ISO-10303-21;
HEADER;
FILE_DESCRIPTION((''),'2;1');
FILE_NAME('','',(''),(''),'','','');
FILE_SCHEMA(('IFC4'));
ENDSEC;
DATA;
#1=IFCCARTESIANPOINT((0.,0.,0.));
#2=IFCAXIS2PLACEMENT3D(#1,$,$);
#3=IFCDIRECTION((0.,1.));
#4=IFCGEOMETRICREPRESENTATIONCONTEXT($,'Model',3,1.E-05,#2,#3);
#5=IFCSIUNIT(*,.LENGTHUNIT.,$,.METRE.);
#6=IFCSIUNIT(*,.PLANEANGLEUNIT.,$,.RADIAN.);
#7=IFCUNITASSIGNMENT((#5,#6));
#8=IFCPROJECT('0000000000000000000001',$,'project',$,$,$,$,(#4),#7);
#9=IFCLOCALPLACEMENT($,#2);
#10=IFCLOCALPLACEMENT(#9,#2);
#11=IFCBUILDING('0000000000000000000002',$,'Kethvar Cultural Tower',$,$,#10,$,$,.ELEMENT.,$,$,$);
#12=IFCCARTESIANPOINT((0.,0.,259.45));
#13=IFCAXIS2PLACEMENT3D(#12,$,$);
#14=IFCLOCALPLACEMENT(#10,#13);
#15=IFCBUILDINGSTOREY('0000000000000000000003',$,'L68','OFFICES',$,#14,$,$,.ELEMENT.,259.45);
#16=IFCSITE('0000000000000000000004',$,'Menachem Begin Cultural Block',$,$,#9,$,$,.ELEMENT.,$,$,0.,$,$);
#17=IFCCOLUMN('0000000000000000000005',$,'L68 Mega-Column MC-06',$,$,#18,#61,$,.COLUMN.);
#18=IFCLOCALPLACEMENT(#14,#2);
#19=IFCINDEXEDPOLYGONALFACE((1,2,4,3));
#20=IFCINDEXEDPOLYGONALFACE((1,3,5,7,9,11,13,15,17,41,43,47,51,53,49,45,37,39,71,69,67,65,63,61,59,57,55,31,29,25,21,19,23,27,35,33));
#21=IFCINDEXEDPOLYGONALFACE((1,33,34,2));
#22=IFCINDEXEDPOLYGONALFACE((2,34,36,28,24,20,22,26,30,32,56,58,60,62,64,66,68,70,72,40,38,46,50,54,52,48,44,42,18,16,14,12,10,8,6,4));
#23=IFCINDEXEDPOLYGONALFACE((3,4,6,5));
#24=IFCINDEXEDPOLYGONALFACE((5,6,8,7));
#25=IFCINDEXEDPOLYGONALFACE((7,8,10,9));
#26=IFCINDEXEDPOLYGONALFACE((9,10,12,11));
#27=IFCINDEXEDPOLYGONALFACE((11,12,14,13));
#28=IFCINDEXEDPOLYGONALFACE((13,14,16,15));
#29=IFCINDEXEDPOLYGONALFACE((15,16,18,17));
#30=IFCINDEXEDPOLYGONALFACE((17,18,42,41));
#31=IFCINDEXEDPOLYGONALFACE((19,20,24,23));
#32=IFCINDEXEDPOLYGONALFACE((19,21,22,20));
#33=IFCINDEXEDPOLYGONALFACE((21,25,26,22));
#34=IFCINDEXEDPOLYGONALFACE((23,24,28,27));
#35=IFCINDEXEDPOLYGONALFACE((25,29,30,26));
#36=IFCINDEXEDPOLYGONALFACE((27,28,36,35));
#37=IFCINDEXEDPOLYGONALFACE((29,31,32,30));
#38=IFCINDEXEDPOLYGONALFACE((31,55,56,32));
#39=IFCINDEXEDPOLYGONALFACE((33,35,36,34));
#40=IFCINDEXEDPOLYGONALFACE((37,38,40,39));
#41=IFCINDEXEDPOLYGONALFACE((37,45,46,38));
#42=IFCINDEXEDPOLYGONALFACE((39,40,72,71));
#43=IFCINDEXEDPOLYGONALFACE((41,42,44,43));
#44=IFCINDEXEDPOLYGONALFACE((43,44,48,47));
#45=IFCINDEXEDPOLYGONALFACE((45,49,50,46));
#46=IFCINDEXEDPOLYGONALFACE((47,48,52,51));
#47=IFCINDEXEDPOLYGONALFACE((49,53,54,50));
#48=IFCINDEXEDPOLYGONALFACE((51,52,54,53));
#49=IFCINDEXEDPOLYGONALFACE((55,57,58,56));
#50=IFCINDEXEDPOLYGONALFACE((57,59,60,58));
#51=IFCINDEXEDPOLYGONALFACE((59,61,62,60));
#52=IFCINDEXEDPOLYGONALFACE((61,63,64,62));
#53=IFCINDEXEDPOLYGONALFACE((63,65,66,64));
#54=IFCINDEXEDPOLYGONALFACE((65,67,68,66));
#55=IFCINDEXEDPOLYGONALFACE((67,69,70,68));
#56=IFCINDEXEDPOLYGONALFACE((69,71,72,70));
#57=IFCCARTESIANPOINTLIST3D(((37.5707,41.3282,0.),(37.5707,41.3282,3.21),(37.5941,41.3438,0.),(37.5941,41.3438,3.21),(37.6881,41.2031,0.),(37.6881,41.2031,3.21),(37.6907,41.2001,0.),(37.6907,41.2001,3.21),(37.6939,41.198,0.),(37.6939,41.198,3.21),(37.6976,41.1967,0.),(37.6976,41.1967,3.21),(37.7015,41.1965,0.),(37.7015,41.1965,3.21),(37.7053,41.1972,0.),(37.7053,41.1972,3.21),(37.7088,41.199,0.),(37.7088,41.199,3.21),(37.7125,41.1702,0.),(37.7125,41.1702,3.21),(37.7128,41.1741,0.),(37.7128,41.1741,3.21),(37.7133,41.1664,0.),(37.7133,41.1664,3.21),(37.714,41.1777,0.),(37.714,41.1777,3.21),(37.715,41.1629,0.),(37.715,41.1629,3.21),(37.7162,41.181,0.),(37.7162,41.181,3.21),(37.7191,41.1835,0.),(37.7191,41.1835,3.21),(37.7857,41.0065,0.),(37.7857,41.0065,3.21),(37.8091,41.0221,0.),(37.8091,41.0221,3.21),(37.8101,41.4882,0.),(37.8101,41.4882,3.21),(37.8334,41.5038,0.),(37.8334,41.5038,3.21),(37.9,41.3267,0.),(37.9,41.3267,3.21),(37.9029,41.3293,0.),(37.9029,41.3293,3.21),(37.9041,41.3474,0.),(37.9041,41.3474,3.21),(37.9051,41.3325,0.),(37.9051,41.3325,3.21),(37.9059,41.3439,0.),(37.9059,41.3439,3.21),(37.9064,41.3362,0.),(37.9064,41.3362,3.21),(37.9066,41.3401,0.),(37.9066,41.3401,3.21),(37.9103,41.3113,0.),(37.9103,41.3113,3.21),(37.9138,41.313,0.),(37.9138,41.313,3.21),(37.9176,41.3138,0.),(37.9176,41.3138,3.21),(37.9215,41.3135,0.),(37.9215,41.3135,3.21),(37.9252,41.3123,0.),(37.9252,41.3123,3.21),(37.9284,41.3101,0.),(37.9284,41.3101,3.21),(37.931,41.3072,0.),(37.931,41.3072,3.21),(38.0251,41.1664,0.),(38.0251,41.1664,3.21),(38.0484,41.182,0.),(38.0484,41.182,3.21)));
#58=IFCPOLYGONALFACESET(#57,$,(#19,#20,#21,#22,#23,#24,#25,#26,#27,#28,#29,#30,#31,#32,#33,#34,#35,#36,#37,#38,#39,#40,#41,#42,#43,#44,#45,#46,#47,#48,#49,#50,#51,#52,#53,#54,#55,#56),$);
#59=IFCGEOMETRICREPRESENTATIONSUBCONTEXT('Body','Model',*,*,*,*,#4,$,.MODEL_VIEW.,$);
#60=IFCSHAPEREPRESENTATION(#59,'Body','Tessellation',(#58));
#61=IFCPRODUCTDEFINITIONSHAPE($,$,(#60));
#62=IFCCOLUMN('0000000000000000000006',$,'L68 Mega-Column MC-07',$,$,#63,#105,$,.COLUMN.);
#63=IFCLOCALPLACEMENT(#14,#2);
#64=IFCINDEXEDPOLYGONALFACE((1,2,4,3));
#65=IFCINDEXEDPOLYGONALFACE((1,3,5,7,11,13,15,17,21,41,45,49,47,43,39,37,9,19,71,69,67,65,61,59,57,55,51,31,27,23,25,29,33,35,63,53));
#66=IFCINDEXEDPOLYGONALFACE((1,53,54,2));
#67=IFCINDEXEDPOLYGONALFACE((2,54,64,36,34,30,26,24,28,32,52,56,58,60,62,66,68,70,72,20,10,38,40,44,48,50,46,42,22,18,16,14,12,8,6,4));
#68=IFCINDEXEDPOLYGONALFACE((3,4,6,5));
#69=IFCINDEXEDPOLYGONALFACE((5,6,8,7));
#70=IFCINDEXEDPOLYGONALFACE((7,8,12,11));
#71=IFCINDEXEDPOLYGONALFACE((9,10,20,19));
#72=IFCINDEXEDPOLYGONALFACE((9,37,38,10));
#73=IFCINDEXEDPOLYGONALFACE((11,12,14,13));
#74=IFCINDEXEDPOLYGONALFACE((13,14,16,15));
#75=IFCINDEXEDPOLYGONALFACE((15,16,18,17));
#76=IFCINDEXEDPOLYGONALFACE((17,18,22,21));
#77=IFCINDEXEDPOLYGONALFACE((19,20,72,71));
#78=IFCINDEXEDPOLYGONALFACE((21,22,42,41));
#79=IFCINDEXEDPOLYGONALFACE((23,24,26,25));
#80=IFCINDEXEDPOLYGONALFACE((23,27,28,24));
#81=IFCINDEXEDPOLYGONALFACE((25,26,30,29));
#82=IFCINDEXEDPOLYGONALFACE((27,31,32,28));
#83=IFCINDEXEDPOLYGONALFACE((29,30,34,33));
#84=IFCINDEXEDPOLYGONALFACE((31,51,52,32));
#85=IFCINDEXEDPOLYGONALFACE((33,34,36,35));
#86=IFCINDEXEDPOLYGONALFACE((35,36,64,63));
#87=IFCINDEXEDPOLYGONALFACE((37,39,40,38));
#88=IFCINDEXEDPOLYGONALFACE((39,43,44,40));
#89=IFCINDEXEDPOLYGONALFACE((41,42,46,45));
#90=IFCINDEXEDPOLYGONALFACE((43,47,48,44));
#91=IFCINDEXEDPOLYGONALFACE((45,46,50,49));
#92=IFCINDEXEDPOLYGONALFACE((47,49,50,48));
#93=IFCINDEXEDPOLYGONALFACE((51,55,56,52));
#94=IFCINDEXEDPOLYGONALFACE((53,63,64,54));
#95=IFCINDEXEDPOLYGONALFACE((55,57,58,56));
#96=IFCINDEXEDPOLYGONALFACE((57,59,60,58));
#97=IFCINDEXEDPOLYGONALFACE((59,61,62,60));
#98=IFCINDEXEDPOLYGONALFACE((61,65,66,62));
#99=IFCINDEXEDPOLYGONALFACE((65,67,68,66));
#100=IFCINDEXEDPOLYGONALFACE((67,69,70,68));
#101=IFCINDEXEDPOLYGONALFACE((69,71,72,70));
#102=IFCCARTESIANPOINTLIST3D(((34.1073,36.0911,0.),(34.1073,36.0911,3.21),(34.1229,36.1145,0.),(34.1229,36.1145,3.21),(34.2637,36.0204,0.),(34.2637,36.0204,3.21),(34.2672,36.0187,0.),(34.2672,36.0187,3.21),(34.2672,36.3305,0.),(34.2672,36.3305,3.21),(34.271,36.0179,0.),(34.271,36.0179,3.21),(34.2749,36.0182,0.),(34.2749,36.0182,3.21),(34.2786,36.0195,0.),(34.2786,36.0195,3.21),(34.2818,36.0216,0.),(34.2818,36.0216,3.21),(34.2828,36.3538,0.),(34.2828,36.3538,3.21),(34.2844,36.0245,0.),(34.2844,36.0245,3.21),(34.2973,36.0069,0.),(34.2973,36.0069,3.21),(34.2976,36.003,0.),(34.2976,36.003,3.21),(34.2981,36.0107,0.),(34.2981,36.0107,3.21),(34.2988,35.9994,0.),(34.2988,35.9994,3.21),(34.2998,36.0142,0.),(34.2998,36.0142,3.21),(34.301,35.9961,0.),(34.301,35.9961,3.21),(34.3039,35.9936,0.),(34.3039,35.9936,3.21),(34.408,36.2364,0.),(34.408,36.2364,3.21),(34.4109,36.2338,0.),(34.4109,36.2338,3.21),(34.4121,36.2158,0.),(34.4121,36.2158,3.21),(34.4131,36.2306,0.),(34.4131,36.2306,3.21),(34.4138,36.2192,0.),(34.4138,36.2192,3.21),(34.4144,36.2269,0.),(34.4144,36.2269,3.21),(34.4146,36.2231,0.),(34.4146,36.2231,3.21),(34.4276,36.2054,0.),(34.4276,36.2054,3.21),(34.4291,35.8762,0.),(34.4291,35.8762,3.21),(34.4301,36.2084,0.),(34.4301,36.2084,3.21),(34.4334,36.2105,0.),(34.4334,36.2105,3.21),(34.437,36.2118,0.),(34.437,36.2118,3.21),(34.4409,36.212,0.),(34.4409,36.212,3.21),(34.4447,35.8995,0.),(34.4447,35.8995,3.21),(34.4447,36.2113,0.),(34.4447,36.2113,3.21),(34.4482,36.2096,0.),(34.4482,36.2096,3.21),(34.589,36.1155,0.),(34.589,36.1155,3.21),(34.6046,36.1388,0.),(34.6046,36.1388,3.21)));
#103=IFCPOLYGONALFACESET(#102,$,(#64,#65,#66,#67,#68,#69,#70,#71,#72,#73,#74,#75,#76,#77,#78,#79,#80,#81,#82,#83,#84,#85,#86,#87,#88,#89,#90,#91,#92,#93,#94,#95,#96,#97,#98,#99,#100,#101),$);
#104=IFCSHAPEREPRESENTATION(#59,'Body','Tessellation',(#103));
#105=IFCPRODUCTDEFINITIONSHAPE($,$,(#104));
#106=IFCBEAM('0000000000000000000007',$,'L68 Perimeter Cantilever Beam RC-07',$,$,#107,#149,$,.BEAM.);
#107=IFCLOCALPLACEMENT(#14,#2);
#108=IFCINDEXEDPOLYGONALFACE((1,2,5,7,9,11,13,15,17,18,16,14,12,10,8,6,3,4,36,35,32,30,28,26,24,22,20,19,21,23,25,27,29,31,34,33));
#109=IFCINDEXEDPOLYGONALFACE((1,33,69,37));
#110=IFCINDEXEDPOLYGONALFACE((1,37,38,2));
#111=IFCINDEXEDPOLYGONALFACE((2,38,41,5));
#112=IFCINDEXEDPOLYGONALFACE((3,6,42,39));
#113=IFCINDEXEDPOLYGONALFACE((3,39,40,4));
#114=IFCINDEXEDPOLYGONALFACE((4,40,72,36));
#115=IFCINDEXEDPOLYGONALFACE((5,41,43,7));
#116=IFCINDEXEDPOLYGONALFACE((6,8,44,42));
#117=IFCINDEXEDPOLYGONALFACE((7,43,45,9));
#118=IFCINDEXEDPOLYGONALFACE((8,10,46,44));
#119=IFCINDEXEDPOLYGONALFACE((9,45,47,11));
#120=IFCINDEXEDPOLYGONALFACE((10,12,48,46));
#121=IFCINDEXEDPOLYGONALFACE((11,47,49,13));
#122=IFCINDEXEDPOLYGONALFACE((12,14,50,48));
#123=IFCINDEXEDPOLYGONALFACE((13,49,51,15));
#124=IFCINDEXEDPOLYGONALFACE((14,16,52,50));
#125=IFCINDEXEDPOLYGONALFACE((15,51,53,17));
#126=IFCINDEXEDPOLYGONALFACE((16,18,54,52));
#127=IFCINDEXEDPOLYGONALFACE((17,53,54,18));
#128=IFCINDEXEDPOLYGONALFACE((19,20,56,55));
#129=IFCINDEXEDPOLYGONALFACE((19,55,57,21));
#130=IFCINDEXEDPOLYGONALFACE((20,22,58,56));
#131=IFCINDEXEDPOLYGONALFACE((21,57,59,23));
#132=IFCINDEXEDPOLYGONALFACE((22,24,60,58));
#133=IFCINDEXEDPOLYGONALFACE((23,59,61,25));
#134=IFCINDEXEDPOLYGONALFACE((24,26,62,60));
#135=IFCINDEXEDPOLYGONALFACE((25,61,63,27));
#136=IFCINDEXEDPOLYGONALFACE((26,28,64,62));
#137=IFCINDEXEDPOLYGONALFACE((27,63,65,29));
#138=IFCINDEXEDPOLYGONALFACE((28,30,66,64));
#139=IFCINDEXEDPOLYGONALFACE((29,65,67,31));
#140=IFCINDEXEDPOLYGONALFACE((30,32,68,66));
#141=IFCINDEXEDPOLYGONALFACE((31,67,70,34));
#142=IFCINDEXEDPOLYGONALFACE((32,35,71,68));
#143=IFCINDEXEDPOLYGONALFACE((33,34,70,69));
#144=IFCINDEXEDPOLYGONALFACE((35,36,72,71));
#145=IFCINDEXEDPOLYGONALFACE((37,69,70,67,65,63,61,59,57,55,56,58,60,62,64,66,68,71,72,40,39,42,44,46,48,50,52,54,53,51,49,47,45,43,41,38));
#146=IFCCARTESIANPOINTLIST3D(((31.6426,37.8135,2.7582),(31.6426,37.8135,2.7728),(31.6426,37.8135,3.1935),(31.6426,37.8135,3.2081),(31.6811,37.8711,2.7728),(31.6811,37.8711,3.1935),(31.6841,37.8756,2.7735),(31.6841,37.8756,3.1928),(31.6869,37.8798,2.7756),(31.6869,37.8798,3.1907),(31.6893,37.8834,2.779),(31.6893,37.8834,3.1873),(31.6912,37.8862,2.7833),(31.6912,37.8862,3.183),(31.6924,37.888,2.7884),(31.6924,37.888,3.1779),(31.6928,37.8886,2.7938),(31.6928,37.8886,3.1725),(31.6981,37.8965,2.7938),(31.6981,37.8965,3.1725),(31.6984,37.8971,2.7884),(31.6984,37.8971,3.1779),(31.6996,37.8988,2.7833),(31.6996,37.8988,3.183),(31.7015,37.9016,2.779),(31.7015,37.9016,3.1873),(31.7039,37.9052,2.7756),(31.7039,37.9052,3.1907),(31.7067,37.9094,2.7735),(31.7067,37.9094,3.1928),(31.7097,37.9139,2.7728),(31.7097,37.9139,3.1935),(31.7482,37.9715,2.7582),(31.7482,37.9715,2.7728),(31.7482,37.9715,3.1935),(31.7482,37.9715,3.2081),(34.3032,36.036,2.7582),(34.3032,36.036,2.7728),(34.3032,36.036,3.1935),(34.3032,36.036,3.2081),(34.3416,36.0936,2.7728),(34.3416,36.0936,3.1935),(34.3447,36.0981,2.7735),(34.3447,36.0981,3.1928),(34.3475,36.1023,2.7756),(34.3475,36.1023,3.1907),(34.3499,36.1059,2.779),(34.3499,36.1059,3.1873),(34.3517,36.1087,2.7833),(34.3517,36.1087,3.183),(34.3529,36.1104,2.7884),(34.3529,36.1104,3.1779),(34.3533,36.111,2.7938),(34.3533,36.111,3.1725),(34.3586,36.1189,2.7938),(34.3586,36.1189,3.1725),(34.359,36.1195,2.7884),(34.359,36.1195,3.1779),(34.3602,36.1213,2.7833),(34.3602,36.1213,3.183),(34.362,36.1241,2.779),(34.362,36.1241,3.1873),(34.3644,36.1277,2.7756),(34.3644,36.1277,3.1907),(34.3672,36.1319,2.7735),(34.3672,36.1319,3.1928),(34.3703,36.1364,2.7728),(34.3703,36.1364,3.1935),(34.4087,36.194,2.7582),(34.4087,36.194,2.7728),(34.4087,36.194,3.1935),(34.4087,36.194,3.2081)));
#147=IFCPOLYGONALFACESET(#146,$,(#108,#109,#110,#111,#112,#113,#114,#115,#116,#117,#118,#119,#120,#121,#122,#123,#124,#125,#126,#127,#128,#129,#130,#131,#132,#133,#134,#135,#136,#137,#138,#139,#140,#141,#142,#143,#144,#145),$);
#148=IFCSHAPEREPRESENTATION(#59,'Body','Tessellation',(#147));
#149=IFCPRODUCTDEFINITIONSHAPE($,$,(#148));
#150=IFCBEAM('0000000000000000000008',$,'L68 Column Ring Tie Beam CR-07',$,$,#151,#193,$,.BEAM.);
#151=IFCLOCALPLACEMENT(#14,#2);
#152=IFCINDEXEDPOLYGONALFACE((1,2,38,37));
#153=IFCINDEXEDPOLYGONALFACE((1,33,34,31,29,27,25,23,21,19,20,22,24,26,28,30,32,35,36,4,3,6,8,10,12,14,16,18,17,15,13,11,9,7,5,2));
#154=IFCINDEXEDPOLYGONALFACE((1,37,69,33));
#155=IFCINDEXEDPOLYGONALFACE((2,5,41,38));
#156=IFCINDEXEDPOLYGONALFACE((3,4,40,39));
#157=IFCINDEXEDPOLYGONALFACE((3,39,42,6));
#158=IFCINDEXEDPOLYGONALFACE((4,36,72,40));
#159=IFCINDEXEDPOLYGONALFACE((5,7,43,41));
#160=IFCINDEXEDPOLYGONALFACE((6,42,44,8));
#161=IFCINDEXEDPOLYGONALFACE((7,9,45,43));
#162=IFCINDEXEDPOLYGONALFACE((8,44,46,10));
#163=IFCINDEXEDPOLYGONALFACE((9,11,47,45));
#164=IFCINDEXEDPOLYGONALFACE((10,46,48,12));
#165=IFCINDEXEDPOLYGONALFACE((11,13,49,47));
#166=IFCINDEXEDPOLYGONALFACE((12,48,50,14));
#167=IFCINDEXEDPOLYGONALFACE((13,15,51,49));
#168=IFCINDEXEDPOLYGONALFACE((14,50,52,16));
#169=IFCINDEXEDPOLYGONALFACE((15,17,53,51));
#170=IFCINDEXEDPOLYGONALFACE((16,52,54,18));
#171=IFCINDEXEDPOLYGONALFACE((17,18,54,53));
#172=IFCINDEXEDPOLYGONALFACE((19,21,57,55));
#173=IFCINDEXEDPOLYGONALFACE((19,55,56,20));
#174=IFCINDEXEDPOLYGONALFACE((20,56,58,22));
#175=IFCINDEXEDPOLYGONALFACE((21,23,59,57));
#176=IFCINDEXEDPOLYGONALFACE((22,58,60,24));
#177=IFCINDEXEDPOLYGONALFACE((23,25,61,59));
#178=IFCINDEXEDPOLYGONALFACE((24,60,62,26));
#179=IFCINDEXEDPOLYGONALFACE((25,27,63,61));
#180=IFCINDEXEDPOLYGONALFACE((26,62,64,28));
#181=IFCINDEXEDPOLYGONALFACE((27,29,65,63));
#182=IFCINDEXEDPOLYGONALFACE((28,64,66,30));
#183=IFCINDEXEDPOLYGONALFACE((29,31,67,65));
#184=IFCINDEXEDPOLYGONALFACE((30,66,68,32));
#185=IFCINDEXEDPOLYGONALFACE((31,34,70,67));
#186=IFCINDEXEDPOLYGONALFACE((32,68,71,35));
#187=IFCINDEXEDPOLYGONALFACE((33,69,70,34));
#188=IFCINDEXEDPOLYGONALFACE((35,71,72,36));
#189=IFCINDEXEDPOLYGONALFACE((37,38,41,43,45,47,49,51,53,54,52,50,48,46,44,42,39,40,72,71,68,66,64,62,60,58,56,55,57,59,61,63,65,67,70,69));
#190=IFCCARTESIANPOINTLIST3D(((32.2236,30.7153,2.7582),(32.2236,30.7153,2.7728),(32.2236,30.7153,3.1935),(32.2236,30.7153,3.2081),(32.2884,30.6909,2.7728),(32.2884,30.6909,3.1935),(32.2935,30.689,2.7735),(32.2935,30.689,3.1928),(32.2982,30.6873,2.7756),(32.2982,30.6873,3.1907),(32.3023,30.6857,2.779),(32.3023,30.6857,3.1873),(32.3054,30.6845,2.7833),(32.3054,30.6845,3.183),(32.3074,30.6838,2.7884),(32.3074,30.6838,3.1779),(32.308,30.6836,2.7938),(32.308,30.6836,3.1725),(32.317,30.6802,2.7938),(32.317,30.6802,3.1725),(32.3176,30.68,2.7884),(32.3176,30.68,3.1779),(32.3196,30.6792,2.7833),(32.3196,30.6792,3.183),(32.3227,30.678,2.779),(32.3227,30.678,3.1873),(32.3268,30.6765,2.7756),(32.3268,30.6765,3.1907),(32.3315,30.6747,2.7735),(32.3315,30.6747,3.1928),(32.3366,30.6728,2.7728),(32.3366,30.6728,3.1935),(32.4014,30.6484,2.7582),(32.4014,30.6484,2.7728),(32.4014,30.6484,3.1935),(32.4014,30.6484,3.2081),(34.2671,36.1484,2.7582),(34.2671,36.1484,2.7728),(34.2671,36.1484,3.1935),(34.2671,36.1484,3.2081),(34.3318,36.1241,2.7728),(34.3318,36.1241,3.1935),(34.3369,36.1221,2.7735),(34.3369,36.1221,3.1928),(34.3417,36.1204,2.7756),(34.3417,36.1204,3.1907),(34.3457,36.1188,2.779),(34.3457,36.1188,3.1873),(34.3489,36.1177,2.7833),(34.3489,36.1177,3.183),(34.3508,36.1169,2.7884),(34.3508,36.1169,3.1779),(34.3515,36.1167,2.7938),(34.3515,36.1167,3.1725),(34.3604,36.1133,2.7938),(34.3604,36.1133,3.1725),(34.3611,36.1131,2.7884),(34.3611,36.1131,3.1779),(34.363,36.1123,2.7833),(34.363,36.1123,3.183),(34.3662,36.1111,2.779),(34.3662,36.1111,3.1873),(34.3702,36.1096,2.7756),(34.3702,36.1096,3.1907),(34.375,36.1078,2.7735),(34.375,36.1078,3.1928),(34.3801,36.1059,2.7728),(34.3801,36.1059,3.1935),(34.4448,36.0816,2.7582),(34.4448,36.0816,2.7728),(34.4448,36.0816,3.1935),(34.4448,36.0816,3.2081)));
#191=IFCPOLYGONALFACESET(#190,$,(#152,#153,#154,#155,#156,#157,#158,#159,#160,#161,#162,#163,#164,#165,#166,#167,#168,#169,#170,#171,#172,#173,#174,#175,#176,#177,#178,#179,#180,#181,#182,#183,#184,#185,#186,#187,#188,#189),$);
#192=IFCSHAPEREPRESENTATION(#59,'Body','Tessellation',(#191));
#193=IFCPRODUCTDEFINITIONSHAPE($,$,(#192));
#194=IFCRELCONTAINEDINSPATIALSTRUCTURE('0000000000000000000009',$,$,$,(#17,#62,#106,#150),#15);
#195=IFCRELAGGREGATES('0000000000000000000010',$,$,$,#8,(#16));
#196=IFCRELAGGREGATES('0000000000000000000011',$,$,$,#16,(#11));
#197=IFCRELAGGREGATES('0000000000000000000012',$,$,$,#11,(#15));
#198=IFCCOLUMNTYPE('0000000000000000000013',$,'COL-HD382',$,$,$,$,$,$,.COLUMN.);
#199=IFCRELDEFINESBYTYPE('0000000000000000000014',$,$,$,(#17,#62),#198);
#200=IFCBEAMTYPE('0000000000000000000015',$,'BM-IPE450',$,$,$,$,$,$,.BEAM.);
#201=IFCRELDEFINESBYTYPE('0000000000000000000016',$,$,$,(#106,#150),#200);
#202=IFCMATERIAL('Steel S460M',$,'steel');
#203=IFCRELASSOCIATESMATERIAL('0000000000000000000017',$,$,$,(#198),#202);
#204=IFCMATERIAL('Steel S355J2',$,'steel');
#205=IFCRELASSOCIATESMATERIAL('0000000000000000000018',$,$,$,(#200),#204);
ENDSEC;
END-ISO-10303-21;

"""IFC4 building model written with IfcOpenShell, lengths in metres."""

from ifc_helpers import new_model, si_unit, direction, frame, origin, origin_2d, place, context, subcontext, project, spatial, i_section, extrude, source, transform, mapped, material, material_profile, profile_set, type_object, element, save


model = new_model("IFC4")

# Units and contexts
model_context = context("Model", 3, precision=1e-05, world=origin(), true_north=direction((0.0, 1.0)))
body_context = subcontext(model_context, "Body", "Model", "MODEL_VIEW")
ifc_project = project(units=[si_unit("LENGTHUNIT", "METRE"), si_unit("PLANEANGLEUNIT", "RADIAN")], contexts=[model_context])

# Site, building, storey
site_placement = place(None, origin())
site = spatial("IfcSite", under=ifc_project, at=site_placement, Name="Menachem Begin Cultural Block", CompositionType="ELEMENT", RefElevation=0.0)
building_placement = place(site_placement, origin())
building = spatial("IfcBuilding", under=site, at=building_placement, Name="Kethvar Cultural Tower", CompositionType="ELEMENT")
storey_placement = place(building_placement, frame((0.0, 0.0, 259.45)))
storey = spatial("IfcBuildingStorey", under=building, at=storey_placement, Name="L68", Description="OFFICES", CompositionType="ELEMENT", Elevation=259.45)

# Columns
ifc_material_1 = material(Name="Steel S460M", Category="steel")
ifc_material_profile_1 = material_profile(ifc_material_1, i_section(OverallWidth=0.387, OverallDepth=0.3159, WebThickness=0.0186, FlangeThickness=0.0281, FilletRadius=0.0149, at=origin_2d()), Name="Steel S460M — HD400x382")
ifc_profile_set_1 = profile_set([ifc_material_profile_1], Name="Steel S460M — HD400x382")
column_type = type_object("IfcColumnType", Name="COL-HD382", PredefinedType="COLUMN", material=ifc_profile_set_1)
shared_shape_1 = source(origin(), body_context, "Body", "SweptSolid", [
    extrude(i_section(OverallWidth=0.387, OverallDepth=0.3159, WebThickness=0.0186, FlangeThickness=0.0281, FilletRadius=0.0149, at=origin_2d()), origin(), (0.0, 0.0, 1.0), 3.21),
])
for number, where, z_axis, x_axis, name in (
    (1, (37.8096, 41.2551, 0.0), (0.0, 0.0, 1.0), (-0.55557, 0.83147, 0.0), "L68 Mega-Column MC-06"),
    (2, (34.356, 36.115, 0.0), (0.0, 0.0, 1.0), (-0.83147, 0.55557, 0.0), "L68 Mega-Column MC-07"),
):
    element("IfcColumn", number, at=place(storey_placement, frame(where, z_axis=z_axis, x_axis=x_axis)), inside=storey, type_object=column_type, Name=name, PredefinedType="COLUMN", context=body_context, shape_type="MappedRepresentation", body=[
        mapped(shared_shape_1, transform((0.0, 0.0, 0.0), scale=1.0)),
    ])

# Beams
ifc_material_2 = material(Name="Steel S355J2", Category="steel")
ifc_material_profile_2 = material_profile(ifc_material_2, i_section(OverallWidth=0.1899, OverallDepth=0.45, WebThickness=0.0095, FlangeThickness=0.0146, FilletRadius=0.021, at=origin_2d()), Name="Steel S355J2 — IPE450")
ifc_profile_set_2 = profile_set([ifc_material_profile_2], Name="Steel S355J2 — IPE450")
beam_type_1 = type_object("IfcBeamType", Name="BM-IPE450", PredefinedType="BEAM", material=ifc_profile_set_2)
shared_shape_2 = source(origin(), body_context, "Body", "SweptSolid", [
    extrude(i_section(OverallWidth=0.1899, OverallDepth=0.45, WebThickness=0.0095, FlangeThickness=0.0146, FilletRadius=0.021, at=origin_2d()), origin(), (0.0, 0.0, 1.0), 3.1997),
])
beam_1_placement = place(storey_placement, frame((34.356, 36.115, 2.9832), z_axis=(-0.831498, 0.555527, 0.0), x_axis=(-0.555527, -0.831498, 0.0)))
element("IfcBeam", 3, at=beam_1_placement, inside=storey, type_object=beam_type_1, Name="L68 Perimeter Cantilever Beam RC-07", PredefinedType="BEAM", context=body_context, shape_type="MappedRepresentation", body=[
    mapped(shared_shape_2, transform((0.0, 0.0, 0.0), scale=1.0)),
])
shared_shape_3 = source(origin(), body_context, "Body", "SweptSolid", [
    extrude(i_section(OverallWidth=0.1899, OverallDepth=0.45, WebThickness=0.0095, FlangeThickness=0.0146, FilletRadius=0.021, at=origin_2d()), origin(), (0.0, 0.0, 1.0), 5.8047),
])
beam_2_placement = place(storey_placement, frame((34.356, 36.115, 2.9832), z_axis=(-0.352036, -0.935986, 0.0), x_axis=(0.935986, -0.352036, 0.0)))
element("IfcBeam", 4, at=beam_2_placement, inside=storey, type_object=beam_type_1, Name="L68 Column Ring Tie Beam CR-07", PredefinedType="BEAM", context=body_context, shape_type="MappedRepresentation", body=[
    mapped(shared_shape_3, transform((0.0, 0.0, 0.0), scale=1.0)),
])

save(model, "model.ifc")
